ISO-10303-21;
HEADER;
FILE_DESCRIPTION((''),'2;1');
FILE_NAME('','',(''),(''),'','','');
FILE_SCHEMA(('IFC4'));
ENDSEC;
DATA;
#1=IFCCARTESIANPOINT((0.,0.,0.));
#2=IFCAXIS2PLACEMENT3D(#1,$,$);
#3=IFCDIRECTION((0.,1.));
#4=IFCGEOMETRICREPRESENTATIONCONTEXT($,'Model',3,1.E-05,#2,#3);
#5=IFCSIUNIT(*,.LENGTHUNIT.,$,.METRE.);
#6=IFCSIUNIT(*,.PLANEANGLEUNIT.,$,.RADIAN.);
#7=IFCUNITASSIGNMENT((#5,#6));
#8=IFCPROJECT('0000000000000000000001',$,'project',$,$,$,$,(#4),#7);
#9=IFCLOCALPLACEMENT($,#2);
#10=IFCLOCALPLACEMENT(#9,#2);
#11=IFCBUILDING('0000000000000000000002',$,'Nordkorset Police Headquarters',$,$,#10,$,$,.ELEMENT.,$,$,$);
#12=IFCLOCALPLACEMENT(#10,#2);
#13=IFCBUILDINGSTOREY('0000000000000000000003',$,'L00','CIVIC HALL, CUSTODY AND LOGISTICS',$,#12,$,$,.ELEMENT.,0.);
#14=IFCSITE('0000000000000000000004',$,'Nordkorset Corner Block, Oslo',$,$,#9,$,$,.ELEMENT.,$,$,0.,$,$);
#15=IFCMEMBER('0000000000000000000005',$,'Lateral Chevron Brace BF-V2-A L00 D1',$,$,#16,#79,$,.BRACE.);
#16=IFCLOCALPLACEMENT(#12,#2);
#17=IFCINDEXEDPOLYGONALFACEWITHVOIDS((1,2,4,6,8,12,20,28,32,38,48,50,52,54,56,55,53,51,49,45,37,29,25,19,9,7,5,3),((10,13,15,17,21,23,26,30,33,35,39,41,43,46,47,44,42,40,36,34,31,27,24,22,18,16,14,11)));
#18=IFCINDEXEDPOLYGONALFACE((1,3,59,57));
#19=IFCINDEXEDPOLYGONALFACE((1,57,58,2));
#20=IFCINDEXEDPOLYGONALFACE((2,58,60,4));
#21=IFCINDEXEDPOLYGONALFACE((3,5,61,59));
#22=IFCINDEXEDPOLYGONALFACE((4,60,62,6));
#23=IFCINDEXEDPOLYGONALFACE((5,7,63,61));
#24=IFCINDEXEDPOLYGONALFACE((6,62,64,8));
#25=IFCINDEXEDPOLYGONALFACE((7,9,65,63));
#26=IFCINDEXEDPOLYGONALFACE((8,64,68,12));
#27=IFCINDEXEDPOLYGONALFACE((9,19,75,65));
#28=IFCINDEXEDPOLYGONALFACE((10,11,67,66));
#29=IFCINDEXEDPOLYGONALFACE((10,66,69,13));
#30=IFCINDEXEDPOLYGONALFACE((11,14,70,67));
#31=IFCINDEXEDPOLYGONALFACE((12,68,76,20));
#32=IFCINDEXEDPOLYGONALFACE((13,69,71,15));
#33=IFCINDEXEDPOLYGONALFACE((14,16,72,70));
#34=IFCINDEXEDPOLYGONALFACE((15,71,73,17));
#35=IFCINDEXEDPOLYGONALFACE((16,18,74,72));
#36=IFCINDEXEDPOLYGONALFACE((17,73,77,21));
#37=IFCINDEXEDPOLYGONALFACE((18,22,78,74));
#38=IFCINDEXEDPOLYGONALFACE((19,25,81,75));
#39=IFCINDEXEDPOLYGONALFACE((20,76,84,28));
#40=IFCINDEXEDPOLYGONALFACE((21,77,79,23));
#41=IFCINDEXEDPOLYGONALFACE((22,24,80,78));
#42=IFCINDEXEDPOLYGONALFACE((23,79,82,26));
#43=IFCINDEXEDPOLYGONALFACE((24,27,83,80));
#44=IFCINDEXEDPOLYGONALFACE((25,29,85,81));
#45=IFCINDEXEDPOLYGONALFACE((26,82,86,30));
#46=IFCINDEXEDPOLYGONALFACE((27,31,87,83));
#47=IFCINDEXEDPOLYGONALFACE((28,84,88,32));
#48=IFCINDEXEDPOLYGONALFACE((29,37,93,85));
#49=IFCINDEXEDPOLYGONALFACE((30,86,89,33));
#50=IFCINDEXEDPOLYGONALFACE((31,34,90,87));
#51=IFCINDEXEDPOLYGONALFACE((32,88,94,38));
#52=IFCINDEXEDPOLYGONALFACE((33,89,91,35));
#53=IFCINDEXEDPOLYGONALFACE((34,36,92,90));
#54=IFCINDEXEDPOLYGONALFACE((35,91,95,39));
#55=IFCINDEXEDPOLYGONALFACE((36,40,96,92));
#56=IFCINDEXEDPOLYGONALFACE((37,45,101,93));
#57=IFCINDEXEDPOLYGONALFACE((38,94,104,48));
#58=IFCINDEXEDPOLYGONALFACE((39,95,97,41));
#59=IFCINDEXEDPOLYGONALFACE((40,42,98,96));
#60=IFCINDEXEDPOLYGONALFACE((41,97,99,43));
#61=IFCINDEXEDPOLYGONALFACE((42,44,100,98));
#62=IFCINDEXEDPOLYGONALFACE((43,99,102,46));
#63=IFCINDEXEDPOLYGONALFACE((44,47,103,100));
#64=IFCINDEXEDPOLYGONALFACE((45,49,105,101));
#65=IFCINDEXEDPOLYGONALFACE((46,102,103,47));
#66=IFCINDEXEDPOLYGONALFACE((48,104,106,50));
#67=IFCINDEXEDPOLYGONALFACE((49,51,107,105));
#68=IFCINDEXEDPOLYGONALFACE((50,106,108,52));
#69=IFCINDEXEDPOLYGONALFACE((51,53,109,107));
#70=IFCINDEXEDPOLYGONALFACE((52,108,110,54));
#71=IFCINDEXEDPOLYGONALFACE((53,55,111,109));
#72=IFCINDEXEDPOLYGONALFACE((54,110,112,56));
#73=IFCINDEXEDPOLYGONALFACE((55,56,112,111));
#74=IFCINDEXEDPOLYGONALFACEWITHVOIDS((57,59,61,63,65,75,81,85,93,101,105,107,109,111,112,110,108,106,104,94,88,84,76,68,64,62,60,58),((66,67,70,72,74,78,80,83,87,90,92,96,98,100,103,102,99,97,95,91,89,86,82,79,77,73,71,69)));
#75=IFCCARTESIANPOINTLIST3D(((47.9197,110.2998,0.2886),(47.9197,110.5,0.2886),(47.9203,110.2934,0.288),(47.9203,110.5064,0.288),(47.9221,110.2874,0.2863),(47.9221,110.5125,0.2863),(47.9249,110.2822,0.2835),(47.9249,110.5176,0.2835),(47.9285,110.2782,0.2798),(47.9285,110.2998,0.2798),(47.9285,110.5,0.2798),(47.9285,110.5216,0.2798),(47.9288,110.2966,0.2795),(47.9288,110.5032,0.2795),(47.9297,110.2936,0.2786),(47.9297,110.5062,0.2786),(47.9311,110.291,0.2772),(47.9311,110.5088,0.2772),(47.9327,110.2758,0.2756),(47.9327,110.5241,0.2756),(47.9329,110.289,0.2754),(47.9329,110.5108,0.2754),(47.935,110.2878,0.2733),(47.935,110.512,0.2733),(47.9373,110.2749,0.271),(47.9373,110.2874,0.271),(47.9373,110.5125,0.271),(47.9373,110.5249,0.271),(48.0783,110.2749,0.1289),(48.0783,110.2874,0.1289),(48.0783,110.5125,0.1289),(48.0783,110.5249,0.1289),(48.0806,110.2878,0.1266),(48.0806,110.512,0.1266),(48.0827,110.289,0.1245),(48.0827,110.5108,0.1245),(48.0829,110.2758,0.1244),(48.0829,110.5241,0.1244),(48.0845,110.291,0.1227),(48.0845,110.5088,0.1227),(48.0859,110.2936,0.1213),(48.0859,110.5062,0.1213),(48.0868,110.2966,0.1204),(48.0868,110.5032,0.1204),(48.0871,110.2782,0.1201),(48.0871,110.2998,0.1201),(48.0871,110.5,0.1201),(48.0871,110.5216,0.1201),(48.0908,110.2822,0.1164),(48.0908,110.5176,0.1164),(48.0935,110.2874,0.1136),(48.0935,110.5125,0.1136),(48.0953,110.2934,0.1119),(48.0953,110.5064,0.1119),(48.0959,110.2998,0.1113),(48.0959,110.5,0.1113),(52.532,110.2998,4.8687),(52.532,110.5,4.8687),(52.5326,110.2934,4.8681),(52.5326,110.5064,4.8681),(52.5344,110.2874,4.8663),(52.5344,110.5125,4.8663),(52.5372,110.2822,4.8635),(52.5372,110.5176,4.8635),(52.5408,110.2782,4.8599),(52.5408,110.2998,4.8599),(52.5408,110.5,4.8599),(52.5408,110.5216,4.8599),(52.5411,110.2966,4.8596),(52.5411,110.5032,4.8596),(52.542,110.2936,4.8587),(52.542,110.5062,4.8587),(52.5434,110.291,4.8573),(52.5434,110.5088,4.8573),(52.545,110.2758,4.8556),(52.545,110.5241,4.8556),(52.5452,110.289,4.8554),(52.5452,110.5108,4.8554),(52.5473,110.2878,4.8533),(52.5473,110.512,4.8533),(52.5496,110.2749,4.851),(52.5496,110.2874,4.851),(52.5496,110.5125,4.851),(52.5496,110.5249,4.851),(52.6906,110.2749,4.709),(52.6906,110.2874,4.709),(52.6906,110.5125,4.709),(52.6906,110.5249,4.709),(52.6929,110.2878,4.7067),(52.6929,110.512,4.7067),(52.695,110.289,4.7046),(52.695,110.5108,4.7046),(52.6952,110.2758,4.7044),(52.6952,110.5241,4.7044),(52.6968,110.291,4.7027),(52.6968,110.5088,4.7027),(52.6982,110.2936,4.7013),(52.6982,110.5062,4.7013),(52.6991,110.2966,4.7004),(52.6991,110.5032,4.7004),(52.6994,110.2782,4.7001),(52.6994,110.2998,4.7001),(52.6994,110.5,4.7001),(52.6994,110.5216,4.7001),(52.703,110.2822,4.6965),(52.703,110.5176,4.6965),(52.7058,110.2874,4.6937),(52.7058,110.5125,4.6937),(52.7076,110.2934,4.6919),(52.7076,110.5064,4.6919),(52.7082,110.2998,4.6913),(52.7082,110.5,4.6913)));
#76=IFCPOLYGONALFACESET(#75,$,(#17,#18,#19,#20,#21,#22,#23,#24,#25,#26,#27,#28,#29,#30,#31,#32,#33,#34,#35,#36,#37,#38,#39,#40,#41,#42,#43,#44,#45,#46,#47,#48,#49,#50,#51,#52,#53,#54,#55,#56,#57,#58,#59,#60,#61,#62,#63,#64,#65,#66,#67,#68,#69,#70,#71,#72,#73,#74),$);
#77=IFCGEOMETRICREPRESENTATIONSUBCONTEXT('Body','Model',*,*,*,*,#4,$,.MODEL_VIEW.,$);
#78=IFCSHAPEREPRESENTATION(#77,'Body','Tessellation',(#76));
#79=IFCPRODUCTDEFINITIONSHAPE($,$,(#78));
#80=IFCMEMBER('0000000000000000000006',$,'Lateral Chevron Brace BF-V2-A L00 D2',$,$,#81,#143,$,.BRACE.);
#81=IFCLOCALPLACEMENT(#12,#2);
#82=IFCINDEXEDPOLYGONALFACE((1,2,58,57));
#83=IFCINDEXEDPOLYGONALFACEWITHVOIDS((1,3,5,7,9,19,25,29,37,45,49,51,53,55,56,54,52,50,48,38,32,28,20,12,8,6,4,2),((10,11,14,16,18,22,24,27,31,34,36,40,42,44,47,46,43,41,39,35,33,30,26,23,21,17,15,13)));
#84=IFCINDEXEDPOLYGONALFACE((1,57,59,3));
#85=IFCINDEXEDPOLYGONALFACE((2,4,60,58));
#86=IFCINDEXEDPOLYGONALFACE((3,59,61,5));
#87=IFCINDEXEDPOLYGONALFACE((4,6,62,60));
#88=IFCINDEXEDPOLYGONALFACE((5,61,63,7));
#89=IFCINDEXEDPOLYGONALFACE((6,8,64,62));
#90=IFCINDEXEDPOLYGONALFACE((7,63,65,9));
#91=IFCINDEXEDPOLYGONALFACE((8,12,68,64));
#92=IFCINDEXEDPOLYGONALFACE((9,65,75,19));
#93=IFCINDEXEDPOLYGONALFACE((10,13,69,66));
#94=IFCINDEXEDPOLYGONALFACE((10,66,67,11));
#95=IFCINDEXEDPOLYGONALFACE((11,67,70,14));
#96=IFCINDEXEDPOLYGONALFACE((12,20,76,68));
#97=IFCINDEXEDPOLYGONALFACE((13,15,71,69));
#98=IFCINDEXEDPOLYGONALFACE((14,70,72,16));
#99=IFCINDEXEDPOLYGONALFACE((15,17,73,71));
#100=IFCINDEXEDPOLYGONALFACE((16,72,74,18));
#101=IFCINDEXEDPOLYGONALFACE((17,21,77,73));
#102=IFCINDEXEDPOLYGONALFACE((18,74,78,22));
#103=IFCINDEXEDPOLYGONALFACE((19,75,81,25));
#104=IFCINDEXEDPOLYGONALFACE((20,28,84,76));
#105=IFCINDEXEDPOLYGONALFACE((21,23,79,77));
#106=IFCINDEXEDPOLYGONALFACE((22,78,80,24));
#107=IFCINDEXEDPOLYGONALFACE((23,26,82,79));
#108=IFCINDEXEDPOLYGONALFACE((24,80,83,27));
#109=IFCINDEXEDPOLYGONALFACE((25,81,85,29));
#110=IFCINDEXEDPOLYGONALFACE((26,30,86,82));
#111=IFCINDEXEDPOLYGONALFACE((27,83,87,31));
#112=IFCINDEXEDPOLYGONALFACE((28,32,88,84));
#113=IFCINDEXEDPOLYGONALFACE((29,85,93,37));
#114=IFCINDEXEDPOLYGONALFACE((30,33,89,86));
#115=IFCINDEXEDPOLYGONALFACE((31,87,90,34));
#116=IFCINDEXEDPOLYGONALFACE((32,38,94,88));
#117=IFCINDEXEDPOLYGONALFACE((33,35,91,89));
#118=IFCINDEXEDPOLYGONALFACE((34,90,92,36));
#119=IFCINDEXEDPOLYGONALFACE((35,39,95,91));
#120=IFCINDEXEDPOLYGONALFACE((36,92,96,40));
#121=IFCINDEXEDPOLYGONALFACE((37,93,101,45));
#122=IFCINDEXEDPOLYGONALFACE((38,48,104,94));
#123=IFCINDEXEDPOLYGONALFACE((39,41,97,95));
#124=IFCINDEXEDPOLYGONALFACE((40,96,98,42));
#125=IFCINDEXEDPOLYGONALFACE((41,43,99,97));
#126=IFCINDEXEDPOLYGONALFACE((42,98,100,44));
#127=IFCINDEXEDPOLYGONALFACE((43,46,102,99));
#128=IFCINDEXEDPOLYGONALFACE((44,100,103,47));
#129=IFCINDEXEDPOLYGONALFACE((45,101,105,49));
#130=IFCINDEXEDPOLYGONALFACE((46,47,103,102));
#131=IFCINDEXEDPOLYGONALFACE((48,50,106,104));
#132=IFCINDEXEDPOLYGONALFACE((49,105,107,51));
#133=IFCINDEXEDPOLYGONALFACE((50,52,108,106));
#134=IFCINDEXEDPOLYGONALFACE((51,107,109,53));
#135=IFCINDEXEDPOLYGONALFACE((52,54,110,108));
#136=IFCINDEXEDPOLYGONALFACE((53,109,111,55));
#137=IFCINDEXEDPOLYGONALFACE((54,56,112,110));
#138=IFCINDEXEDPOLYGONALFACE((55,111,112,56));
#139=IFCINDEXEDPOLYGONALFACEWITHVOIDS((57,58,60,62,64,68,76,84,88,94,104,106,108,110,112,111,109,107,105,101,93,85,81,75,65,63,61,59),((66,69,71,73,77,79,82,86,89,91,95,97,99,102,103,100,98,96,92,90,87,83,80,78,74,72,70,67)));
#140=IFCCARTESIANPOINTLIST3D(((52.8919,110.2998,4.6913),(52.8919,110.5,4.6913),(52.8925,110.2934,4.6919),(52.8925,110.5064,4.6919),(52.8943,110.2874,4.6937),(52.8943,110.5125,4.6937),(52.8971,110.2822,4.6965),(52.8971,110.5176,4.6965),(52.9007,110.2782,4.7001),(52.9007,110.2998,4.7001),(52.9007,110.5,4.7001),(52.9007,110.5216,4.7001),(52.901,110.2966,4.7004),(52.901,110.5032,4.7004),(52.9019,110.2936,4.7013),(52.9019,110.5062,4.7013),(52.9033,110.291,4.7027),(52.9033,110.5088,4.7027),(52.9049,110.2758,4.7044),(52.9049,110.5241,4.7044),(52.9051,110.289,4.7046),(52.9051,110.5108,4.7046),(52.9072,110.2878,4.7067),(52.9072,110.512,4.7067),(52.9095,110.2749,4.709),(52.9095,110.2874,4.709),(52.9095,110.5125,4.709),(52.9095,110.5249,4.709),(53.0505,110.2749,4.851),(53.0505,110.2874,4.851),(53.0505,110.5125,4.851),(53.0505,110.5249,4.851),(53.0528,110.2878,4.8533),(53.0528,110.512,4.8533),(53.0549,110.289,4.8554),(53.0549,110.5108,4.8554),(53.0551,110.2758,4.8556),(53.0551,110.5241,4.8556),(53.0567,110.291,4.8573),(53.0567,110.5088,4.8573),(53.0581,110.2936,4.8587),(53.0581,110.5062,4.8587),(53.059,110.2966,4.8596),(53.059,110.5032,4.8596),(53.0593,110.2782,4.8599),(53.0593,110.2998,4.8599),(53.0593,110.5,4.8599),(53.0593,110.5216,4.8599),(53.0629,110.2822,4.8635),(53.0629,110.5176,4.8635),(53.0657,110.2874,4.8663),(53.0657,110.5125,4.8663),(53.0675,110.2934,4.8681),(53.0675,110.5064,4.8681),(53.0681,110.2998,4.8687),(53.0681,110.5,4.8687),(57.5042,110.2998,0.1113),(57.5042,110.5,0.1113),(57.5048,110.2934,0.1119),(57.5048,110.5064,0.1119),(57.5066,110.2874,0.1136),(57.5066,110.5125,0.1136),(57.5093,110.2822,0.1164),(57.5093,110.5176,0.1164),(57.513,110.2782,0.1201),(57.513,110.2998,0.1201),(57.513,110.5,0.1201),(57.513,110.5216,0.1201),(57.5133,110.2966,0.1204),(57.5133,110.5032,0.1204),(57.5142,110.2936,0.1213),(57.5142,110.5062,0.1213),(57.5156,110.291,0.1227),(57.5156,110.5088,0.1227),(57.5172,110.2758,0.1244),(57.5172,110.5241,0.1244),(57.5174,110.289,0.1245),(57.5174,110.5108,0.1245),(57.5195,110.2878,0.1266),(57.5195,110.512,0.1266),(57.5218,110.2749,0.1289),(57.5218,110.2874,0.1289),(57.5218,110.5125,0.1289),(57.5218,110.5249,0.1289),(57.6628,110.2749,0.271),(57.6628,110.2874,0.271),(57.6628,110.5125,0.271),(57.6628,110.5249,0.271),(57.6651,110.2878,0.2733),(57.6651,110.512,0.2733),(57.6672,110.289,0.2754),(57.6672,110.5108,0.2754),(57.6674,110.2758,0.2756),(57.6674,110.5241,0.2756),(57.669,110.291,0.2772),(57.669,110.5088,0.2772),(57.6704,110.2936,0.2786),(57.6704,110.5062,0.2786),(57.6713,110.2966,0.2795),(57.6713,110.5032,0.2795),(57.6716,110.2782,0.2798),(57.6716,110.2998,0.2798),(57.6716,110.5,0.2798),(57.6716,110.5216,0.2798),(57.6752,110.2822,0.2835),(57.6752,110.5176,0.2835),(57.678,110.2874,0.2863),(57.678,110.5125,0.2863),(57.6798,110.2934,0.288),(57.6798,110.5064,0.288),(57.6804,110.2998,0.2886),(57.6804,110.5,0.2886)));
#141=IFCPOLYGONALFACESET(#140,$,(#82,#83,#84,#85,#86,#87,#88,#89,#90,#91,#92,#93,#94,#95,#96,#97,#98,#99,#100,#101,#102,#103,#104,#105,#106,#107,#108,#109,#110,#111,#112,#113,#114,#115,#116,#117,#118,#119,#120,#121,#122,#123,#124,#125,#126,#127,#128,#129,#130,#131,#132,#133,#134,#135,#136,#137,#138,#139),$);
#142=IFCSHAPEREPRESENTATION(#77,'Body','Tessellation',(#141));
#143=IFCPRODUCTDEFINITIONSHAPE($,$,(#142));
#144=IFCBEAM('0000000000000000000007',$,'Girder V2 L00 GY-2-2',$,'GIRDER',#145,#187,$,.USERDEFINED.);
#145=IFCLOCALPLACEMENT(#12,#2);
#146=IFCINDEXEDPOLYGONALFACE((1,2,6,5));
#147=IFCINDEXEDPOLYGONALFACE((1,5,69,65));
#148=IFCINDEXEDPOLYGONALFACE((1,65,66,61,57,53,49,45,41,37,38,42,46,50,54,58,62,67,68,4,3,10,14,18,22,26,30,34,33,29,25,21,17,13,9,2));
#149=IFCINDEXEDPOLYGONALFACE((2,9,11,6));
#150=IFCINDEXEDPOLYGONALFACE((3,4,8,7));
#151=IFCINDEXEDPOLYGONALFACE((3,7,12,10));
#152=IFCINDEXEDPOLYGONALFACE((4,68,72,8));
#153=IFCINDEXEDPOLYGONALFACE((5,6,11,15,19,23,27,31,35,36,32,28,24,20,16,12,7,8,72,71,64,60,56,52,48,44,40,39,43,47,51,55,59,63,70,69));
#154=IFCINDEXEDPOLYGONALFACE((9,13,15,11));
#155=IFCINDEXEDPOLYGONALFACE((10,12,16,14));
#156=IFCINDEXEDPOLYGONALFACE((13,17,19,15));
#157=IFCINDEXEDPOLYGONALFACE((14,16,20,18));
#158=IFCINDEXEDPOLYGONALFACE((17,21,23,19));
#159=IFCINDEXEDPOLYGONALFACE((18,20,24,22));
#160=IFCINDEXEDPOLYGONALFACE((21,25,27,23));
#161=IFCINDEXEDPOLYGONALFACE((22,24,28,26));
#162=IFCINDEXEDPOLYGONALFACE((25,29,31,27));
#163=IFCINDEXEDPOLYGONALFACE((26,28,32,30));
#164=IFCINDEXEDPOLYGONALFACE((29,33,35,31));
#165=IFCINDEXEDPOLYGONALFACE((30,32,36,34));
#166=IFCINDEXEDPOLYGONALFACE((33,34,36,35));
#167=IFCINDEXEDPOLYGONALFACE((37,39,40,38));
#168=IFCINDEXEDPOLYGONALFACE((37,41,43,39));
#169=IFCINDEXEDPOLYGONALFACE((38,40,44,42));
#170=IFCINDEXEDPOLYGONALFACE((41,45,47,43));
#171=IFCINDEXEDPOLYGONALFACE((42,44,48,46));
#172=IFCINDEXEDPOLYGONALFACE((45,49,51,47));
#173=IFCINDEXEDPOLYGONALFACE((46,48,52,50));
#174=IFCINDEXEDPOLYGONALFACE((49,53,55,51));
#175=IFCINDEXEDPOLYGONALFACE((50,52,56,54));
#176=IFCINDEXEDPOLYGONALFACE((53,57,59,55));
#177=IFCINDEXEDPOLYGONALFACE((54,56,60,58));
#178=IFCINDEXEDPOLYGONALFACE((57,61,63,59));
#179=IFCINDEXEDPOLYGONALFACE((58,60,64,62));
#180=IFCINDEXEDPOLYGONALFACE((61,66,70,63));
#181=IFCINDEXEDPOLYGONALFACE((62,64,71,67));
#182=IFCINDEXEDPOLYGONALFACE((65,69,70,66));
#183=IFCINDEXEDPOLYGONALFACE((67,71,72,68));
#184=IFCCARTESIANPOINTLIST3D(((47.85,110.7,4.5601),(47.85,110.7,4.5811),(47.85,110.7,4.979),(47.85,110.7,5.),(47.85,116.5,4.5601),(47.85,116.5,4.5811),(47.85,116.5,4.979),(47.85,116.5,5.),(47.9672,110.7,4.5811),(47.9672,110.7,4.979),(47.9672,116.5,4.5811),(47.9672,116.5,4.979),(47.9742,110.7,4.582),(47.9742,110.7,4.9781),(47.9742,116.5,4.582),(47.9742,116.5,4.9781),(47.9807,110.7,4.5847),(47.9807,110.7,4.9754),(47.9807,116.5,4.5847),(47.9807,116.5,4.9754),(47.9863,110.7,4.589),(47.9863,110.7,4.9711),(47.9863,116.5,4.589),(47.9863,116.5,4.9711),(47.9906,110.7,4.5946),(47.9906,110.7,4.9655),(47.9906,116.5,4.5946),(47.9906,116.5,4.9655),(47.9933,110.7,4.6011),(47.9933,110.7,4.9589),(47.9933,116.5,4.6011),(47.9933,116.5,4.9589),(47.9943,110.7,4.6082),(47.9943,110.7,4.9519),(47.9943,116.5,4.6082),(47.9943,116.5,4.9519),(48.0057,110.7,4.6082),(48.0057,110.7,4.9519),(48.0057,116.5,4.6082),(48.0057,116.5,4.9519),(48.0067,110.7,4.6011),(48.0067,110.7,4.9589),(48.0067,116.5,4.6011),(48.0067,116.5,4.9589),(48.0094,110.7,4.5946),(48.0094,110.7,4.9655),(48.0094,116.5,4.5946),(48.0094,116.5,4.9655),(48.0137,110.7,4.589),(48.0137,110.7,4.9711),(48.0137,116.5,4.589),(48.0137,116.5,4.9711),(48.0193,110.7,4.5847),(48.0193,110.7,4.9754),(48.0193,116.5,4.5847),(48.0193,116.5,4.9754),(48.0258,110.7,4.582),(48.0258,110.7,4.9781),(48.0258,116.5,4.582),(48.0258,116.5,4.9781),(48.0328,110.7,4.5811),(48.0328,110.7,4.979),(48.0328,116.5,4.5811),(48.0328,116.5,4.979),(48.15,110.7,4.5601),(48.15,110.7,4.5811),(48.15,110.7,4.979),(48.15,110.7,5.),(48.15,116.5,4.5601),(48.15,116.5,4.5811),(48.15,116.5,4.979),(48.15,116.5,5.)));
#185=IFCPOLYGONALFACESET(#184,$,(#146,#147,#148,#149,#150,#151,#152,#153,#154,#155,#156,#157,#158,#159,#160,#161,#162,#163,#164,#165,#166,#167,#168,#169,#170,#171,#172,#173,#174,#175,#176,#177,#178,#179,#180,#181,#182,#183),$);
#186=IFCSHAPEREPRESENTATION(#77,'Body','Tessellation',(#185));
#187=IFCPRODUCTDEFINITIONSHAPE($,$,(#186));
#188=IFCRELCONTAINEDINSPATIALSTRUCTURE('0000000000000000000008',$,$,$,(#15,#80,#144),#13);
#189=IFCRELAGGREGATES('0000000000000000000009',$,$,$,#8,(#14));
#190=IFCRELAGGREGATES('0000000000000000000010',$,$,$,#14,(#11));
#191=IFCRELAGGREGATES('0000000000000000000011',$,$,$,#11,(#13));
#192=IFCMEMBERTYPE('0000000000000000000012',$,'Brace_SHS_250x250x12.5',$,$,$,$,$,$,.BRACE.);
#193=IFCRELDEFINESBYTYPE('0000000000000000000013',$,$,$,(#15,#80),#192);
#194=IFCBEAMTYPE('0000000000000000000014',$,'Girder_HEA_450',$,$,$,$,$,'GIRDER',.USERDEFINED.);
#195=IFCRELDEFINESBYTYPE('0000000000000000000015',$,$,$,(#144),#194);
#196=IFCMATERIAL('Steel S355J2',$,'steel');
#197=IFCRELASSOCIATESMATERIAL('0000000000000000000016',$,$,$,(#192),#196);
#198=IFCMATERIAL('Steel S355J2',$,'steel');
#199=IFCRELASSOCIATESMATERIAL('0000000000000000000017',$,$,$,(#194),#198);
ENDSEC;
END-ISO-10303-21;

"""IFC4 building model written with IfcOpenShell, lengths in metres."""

from ifc_helpers import new_model, si_unit, direction, frame, origin, origin_2d, place, context, subcontext, project, spatial, hollow_rectangle, i_section, extrude, material, material_profile, profile_set, type_object, element, save


model = new_model("IFC4")

# Units and contexts
model_context = context("Model", 3, precision=1e-05, world=origin(), true_north=direction((0.0, 1.0)))
body_context = subcontext(model_context, "Body", "Model", "MODEL_VIEW")
ifc_project = project(units=[si_unit("LENGTHUNIT", "METRE"), si_unit("PLANEANGLEUNIT", "RADIAN")], contexts=[model_context])

# Site, building, storey
site_placement = place(None, origin())
site = spatial("IfcSite", under=ifc_project, at=site_placement, Name="Nordkorset Corner Block, Oslo", CompositionType="ELEMENT", RefElevation=0.0)
building_placement = place(site_placement, origin())
building = spatial("IfcBuilding", under=site, at=building_placement, Name="Nordkorset Police Headquarters", CompositionType="ELEMENT")
storey_placement = place(building_placement, origin())
storey = spatial("IfcBuildingStorey", under=building, at=storey_placement, Name="L00", Description="CIVIC HALL, CUSTODY AND LOGISTICS", CompositionType="ELEMENT", Elevation=0.0)

# Members
ifc_material_1 = material(Name="Steel S355J2", Category="steel")
ifc_material_profile_1 = material_profile(ifc_material_1, hollow_rectangle(XDim=0.25, YDim=0.25, WallThickness=0.0125, InnerFilletRadius=0.0125, OuterFilletRadius=0.0249, at=origin_2d()), Name="SHS 250x250x12.5")
ifc_profile_set_1 = profile_set([ifc_material_profile_1], Name="Steel S355J2")
member_type = type_object("IfcMemberType", Name="Brace_SHS_250x250x12.5", PredefinedType="BRACE", material=ifc_profile_set_1)
for number, where, z_axis, x_axis, name in (
    (1, (48.0078, 110.3999, 0.2), (0.709581, 0.0, 0.704623), (0.0, 1.0, 0.0), "Lateral Chevron Brace BF-V2-A L00 D1"),
    (2, (57.5923, 110.3999, 0.2), (-0.709581, 0.0, 0.704623), (0.0, -1.0, 0.0), "Lateral Chevron Brace BF-V2-A L00 D2"),
):
    element("IfcMember", number, at=place(storey_placement, frame(where, z_axis=z_axis, x_axis=x_axis)), inside=storey, type_object=member_type, Name=name, PredefinedType="BRACE", context=body_context, shape_type="SweptSolid", body=[
        extrude(hollow_rectangle(XDim=0.25, YDim=0.25, WallThickness=0.0125, InnerFilletRadius=0.0125, OuterFilletRadius=0.0249, at=origin_2d()), origin(), (0.0, 0.0, 1.0), 6.5),
    ])

# Beam
ifc_material_2 = material(Name="Steel S355J2", Category="steel")
ifc_material_profile_2 = material_profile(ifc_material_2, i_section(OverallWidth=0.3, OverallDepth=0.4399, WebThickness=0.0115, FlangeThickness=0.021, FilletRadius=0.0271, at=origin_2d()), Name="HEA 450")
ifc_profile_set_2 = profile_set([ifc_material_profile_2], Name="Steel S355J2")
beam_type_1 = type_object("IfcBeamType", Name="Girder_HEA_450", ElementType="GIRDER", PredefinedType="USERDEFINED", material=ifc_profile_set_2)
for number, where, z_axis, x_axis, name in (
    (3, (48.0, 110.7, 4.78), (0.0, 1.0, 0.0), (-1.0, 0.0, 0.0), "Girder V2 L00 GY-2-2"),
):
    element("IfcBeam", number, at=place(storey_placement, frame(where, z_axis=z_axis, x_axis=x_axis)), inside=storey, type_object=beam_type_1, Name=name, ObjectType="GIRDER", PredefinedType="USERDEFINED", context=body_context, shape_type="SweptSolid", body=[
        extrude(i_section(OverallWidth=0.3, OverallDepth=0.4399, WebThickness=0.0115, FlangeThickness=0.021, FilletRadius=0.0271, at=origin_2d()), origin(), (0.0, 0.0, 1.0), 5.8),
    ])

save(model, "model.ifc")
